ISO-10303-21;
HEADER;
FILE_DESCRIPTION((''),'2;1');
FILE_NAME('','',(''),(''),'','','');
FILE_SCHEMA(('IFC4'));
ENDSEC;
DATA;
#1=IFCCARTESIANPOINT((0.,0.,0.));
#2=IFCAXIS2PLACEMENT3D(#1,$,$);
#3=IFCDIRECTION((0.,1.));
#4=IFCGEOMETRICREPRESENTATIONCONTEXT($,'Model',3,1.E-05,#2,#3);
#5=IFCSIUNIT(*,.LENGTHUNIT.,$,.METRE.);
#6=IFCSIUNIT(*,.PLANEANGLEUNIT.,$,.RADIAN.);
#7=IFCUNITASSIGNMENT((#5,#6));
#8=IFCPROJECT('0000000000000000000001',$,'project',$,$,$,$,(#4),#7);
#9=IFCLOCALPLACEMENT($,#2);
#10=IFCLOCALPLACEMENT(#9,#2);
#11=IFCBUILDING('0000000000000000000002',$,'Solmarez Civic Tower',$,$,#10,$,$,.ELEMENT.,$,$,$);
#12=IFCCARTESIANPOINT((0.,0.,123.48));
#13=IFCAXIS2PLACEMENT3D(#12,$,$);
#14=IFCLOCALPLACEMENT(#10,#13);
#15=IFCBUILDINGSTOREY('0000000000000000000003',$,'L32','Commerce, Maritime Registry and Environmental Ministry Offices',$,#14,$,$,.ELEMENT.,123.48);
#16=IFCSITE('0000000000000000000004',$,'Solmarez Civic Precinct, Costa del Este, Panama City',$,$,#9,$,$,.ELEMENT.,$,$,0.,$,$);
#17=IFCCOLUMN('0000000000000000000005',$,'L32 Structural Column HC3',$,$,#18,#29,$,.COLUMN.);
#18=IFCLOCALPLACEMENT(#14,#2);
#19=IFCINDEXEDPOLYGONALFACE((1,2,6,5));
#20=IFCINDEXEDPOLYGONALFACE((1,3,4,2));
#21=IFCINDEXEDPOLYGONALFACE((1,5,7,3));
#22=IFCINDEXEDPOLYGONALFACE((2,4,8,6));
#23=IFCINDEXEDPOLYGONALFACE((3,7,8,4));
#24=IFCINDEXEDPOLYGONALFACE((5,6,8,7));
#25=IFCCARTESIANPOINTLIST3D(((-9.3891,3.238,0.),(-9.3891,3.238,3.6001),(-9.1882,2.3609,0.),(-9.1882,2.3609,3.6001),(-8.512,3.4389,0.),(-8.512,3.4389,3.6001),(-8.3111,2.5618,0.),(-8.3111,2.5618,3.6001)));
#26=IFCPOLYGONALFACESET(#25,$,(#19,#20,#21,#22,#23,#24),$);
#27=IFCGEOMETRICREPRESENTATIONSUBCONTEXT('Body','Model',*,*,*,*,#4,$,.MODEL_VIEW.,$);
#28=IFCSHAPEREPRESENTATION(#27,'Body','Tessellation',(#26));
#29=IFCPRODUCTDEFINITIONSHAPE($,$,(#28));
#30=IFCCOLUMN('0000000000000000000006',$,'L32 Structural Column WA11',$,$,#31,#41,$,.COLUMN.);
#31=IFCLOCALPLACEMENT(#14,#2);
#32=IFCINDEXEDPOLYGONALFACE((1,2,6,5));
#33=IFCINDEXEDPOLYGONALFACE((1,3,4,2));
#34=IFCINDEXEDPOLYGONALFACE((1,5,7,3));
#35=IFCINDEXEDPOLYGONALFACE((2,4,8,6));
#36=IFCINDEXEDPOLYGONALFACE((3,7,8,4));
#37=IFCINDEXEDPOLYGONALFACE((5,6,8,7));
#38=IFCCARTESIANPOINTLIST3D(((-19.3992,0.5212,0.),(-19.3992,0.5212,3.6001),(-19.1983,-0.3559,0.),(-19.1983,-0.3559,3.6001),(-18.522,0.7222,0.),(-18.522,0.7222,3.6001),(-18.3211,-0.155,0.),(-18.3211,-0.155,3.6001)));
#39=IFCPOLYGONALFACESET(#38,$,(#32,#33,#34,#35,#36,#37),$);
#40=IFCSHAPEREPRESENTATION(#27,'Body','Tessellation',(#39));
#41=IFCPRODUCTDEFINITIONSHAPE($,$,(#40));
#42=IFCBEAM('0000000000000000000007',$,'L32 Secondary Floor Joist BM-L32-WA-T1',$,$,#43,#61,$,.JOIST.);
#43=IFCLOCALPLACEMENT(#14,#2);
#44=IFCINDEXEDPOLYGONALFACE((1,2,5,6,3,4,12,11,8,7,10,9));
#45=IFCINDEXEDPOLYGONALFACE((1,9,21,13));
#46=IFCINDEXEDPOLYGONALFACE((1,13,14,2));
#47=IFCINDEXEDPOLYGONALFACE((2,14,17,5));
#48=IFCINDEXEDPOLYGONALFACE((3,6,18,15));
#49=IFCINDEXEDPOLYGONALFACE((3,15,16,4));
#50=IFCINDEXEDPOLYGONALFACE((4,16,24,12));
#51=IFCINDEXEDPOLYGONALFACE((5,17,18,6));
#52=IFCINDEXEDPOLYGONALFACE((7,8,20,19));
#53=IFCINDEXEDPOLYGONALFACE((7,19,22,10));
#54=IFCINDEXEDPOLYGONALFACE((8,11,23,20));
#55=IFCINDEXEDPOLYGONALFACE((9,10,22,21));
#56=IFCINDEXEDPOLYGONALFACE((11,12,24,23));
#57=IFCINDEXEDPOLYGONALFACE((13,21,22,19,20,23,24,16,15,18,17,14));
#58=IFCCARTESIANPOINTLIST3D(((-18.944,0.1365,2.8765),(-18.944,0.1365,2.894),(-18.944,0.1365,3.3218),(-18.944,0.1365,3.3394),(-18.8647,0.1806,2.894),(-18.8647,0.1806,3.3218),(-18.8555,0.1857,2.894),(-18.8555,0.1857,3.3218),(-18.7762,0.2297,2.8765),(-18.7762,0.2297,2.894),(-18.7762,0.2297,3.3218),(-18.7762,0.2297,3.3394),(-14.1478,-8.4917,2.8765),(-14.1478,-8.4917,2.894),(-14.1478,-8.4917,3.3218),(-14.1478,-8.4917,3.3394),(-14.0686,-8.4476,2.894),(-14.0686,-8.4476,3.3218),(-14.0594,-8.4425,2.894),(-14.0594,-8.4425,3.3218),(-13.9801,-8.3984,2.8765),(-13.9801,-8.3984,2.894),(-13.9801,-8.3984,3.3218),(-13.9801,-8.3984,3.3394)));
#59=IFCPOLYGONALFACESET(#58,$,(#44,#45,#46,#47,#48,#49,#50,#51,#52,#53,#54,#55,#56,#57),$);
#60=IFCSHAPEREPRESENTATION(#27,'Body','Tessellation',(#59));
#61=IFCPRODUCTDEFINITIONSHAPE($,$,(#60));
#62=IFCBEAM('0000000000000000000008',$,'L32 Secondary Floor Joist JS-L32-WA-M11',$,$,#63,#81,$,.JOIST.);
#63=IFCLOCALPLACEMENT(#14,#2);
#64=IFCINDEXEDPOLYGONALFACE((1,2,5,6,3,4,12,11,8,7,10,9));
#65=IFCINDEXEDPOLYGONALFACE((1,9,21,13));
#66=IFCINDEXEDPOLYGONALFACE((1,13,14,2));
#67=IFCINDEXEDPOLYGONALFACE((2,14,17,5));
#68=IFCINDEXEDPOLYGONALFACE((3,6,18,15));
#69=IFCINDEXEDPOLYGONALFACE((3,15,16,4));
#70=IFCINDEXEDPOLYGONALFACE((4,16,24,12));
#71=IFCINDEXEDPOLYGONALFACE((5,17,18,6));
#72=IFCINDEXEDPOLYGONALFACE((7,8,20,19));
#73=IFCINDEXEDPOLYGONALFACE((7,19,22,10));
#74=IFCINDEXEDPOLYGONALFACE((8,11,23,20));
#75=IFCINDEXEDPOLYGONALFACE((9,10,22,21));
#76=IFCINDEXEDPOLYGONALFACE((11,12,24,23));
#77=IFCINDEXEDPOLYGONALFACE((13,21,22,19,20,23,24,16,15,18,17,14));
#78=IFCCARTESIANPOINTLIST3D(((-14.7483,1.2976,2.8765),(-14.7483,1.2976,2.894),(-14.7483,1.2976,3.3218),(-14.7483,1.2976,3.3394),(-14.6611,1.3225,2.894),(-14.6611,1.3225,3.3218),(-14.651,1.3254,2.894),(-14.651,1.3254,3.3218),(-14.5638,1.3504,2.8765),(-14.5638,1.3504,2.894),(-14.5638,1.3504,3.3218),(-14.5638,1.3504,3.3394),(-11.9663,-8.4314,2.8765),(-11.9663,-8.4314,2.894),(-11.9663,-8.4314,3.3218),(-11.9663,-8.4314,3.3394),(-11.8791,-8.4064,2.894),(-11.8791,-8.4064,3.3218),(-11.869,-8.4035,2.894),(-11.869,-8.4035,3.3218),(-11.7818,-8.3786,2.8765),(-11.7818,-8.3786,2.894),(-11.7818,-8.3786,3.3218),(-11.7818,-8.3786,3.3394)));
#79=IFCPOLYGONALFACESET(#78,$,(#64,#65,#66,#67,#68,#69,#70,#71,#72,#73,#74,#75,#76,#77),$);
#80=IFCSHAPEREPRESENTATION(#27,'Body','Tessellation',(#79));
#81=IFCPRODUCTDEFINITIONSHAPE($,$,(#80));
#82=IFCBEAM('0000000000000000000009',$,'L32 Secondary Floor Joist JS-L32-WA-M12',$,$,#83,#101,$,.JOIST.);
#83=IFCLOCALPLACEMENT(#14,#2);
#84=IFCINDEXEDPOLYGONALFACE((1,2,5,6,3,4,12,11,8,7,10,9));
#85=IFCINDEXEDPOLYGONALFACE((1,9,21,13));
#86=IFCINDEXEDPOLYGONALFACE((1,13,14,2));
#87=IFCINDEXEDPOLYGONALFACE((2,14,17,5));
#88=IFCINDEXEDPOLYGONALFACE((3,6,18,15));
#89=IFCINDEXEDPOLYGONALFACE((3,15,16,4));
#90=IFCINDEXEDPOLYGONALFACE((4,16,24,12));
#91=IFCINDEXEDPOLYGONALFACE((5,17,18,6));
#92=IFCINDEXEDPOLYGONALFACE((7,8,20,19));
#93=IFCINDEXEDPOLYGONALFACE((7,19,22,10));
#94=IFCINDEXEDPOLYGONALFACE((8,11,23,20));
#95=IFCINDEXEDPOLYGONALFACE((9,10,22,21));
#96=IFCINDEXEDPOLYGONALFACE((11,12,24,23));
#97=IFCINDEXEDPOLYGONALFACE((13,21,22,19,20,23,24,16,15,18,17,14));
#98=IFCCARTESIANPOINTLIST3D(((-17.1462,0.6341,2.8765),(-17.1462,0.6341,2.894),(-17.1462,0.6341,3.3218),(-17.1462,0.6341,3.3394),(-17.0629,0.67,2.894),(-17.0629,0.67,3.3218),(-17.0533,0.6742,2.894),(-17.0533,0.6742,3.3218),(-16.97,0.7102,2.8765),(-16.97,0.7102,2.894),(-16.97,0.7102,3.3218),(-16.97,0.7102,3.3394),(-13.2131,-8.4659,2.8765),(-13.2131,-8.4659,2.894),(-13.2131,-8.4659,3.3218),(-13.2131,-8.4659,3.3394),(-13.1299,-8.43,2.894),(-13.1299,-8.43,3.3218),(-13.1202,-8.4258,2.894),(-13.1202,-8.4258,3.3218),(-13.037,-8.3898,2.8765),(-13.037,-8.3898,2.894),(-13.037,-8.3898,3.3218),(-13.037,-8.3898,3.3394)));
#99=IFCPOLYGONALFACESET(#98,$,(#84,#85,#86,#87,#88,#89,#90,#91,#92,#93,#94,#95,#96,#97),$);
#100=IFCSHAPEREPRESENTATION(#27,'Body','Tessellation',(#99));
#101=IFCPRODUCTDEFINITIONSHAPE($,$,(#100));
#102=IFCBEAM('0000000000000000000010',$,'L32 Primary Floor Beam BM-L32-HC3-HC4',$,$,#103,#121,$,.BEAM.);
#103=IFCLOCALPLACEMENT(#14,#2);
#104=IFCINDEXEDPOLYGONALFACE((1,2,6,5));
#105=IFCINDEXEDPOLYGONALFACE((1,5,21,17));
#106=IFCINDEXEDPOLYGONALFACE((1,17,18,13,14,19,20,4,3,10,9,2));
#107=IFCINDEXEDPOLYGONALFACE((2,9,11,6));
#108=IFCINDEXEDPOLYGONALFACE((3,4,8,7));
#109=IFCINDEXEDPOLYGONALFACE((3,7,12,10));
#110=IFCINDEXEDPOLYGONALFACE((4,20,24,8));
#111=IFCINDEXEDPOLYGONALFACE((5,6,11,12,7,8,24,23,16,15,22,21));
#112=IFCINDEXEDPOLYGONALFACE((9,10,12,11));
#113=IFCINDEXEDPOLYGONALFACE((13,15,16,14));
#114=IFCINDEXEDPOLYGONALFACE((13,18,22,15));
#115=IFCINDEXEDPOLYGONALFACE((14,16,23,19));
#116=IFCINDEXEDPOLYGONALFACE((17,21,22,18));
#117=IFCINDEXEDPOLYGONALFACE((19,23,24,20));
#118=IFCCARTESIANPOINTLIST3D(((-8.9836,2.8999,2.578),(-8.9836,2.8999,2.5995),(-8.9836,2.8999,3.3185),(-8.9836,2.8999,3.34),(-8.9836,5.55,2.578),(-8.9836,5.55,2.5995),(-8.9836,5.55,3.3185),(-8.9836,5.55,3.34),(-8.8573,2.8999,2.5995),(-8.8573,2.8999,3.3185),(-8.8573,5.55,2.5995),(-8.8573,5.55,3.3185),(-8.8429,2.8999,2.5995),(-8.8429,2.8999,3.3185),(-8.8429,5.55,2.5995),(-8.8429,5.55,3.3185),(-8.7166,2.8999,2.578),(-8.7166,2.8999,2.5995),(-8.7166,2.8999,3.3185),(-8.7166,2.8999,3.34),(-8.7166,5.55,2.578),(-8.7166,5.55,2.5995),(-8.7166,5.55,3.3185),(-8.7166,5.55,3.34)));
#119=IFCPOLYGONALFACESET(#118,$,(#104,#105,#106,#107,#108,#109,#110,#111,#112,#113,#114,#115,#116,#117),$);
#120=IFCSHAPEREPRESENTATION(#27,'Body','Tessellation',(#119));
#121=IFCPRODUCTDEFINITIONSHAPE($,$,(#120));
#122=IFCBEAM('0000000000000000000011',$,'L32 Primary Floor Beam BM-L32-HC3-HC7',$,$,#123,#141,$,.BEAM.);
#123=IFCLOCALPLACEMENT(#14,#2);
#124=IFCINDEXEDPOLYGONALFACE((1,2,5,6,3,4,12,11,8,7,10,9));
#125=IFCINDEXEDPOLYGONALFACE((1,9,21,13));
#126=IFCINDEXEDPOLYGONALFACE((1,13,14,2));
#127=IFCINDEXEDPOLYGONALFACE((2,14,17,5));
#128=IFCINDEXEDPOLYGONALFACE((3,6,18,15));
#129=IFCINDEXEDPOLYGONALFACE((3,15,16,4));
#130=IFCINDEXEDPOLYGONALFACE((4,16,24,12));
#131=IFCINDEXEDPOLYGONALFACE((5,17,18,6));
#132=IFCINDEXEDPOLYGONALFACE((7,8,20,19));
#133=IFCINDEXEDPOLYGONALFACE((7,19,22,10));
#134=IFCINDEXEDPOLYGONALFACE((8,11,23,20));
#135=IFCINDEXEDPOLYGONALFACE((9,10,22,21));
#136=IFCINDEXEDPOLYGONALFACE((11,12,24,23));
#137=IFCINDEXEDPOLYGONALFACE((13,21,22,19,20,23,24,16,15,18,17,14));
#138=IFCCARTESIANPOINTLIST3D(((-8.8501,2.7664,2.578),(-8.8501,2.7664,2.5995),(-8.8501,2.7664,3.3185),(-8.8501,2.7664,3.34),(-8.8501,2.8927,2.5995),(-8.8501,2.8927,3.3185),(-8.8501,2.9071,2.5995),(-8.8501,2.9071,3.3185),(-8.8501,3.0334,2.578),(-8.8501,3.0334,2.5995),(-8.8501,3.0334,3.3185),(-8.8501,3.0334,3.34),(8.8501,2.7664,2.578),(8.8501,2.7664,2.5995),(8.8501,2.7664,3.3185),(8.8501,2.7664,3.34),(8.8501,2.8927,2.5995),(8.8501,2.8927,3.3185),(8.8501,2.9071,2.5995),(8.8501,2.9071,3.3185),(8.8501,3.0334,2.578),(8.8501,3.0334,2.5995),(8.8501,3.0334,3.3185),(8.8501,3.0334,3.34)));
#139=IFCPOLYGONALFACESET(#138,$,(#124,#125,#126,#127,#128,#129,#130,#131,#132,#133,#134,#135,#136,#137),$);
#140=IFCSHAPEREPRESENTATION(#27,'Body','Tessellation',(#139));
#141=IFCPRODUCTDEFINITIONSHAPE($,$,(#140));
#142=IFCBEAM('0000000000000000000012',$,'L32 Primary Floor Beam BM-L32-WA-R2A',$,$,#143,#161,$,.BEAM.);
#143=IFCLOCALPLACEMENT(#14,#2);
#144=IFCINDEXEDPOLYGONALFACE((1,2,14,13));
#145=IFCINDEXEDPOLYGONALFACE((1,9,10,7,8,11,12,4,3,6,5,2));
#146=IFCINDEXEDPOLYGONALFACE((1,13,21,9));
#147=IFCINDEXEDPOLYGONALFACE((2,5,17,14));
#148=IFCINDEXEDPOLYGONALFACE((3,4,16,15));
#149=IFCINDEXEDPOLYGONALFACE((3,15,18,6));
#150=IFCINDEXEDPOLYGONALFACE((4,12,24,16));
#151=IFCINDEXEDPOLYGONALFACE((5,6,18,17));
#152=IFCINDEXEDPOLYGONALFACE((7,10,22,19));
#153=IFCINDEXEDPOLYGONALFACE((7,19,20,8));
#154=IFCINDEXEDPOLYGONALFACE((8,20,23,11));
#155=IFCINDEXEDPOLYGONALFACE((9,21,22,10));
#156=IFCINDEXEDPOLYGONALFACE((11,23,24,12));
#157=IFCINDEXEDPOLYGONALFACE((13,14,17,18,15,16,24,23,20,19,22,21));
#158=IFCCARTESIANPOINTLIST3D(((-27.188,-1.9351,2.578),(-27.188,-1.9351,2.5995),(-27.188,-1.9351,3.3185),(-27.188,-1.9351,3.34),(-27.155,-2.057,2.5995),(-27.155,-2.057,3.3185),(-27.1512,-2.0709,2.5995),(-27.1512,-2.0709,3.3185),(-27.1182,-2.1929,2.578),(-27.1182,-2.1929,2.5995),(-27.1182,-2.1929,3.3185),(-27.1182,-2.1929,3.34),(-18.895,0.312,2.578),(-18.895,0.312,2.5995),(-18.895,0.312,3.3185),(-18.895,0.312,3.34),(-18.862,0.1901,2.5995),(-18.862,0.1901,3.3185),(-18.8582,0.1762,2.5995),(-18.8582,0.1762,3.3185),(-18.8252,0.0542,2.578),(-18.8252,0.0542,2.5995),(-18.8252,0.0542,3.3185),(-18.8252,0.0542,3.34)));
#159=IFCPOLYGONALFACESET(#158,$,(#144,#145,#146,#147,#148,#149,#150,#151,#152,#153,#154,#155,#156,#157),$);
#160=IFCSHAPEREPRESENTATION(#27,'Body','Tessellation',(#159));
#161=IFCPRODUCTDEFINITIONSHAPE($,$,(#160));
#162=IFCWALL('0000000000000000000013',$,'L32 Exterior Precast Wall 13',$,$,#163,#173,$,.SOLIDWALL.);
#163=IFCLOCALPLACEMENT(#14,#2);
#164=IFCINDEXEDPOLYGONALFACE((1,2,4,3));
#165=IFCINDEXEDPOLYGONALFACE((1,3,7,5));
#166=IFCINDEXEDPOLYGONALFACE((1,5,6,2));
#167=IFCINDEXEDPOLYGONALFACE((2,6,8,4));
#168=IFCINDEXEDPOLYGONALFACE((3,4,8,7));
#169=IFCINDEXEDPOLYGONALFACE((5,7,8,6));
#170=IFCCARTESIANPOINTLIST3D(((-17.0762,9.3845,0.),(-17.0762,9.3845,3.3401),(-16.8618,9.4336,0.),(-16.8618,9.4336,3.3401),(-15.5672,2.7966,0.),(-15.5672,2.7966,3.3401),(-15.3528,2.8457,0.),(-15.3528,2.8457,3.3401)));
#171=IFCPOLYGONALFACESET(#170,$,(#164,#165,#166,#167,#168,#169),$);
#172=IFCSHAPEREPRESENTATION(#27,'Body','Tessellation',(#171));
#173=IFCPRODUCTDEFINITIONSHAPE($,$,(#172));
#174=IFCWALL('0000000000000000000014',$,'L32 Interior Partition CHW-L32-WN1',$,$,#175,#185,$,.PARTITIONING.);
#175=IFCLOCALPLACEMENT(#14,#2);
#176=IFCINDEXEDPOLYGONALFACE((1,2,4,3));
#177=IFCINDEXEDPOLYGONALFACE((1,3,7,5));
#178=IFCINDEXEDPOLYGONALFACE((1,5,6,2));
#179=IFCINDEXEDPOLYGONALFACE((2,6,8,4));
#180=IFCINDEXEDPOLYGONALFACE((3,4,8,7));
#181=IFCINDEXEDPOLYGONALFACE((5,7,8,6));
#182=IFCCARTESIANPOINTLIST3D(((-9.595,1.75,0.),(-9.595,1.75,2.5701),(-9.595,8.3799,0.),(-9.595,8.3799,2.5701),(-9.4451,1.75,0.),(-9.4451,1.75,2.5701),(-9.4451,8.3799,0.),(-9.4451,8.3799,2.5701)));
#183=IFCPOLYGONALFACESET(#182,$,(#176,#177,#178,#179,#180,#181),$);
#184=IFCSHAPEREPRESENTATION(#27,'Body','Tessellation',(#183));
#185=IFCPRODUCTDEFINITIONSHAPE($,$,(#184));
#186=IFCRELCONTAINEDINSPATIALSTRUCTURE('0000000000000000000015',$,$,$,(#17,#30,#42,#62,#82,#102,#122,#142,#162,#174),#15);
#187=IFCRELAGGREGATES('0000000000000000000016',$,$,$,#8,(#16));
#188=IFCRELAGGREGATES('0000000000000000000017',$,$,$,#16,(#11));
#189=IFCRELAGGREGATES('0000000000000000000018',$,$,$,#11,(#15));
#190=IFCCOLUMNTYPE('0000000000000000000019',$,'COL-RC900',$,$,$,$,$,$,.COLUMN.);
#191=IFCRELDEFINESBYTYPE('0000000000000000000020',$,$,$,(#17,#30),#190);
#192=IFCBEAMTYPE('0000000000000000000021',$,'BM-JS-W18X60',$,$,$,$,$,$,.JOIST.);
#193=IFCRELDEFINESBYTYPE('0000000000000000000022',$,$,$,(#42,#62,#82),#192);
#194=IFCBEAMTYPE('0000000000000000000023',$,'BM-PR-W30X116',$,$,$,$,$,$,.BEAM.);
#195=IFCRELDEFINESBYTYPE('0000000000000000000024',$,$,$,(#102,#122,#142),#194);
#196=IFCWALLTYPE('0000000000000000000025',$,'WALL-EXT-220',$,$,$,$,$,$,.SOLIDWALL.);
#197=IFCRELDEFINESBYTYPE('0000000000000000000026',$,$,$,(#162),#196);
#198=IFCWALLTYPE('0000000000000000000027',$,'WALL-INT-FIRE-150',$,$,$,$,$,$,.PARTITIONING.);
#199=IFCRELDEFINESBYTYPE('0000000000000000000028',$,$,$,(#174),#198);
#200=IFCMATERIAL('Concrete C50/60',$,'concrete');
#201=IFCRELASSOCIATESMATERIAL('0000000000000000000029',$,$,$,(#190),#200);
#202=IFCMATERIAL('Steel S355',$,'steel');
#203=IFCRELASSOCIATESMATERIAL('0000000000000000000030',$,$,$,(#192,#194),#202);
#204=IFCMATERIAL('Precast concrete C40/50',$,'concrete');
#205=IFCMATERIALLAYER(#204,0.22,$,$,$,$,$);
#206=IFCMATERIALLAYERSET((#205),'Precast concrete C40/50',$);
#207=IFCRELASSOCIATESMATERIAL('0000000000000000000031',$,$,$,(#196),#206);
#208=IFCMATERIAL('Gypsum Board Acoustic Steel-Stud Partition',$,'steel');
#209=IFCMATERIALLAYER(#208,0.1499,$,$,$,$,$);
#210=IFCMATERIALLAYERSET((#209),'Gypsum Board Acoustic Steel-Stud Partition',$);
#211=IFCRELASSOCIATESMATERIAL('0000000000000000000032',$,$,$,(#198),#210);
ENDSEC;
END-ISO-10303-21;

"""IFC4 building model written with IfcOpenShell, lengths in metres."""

from ifc_helpers import new_model, si_unit, direction, frame, frame_2d, origin, origin_2d, place, context, subcontext, project, spatial, rectangle, i_section, extrude, material, layer, layer_set, material_profile, profile_set, type_object, element, save


model = new_model("IFC4")

# Units and contexts
model_context = context("Model", 3, precision=1e-05, world=origin(), true_north=direction((0.0, 1.0)))
body_context = subcontext(model_context, "Body", "Model", "MODEL_VIEW")
ifc_project = project(units=[si_unit("LENGTHUNIT", "METRE"), si_unit("PLANEANGLEUNIT", "RADIAN")], contexts=[model_context])

# Site, building, storey
site_placement = place(None, origin())
site = spatial("IfcSite", under=ifc_project, at=site_placement, Name="Solmarez Civic Precinct, Costa del Este, Panama City", CompositionType="ELEMENT", RefElevation=0.0)
building_placement = place(site_placement, origin())
building = spatial("IfcBuilding", under=site, at=building_placement, Name="Solmarez Civic Tower", CompositionType="ELEMENT")
storey_placement = place(building_placement, frame((0.0, 0.0, 123.48)))
storey = spatial("IfcBuildingStorey", under=building, at=storey_placement, Name="L32", Description="Commerce, Maritime Registry and Environmental Ministry Offices", CompositionType="ELEMENT", Elevation=123.48)

# Columns
ifc_material_1 = material(Name="Concrete C50/60", Category="concrete")
ifc_material_profile_1 = material_profile(ifc_material_1, rectangle(XDim=0.8999, YDim=0.8999, at=origin_2d()), Name="RC900X900")
ifc_profile_set_1 = profile_set([ifc_material_profile_1], Name="Concrete C50/60")
column_type = type_object("IfcColumnType", Name="COL-RC900", PredefinedType="COLUMN", material=ifc_profile_set_1)
for number, where, z_axis, x_axis, name in (
    (1, (-8.8501, 2.8999, 0.0), (0.0, 0.0, 1.0), (0.974761, 0.22325, 0.0), "L32 Structural Column HC3"),
    (2, (-18.8601, 0.1831, 0.0), (0.0, 0.0, 1.0), (0.974761, 0.22325, 0.0), "L32 Structural Column WA11"),
):
    element("IfcColumn", number, at=place(storey_placement, frame(where, z_axis=z_axis, x_axis=x_axis)), inside=storey, type_object=column_type, Name=name, PredefinedType="COLUMN", context=body_context, shape_type="SweptSolid", body=[
        extrude(rectangle(XDim=0.8999, YDim=0.8999, at=origin_2d()), origin(), (0.0, 0.0, 1.0), 3.6001),
    ])

# Beams
ifc_material_2 = material(Name="Steel S355", Category="steel")
ifc_material_profile_2 = material_profile(ifc_material_2, i_section(OverallWidth=0.1919, OverallDepth=0.4629, WebThickness=0.0105, FlangeThickness=0.0176, at=origin_2d()), Name="W18X60")
ifc_profile_set_2 = profile_set([ifc_material_profile_2], Name="Steel S355")
beam_type_1 = type_object("IfcBeamType", Name="BM-JS-W18X60", PredefinedType="JOIST", material=ifc_profile_set_2)
beam_1_placement = place(storey_placement, frame((-18.8601, 0.1831, 3.1079), z_axis=(0.485853, -0.874041, 0.0), x_axis=(0.874041, 0.485853, 0.0)))
element("IfcBeam", 3, at=beam_1_placement, inside=storey, type_object=beam_type_1, Name="L32 Secondary Floor Joist BM-L32-WA-T1", PredefinedType="JOIST", context=body_context, shape_type="SweptSolid", body=[
    extrude(i_section(OverallWidth=0.1919, OverallDepth=0.4629, WebThickness=0.0105, FlangeThickness=0.0176, at=origin_2d()), origin(), (0.0, 0.0, 1.0), 9.8716),
])
beam_2_placement = place(storey_placement, frame((-14.656, 1.324, 3.1079), z_axis=(0.274928, -0.961465, 0.0), x_axis=(0.961465, 0.274928, 0.0)))
element("IfcBeam", 4, at=beam_2_placement, inside=storey, type_object=beam_type_1, Name="L32 Secondary Floor Joist JS-L32-WA-M11", PredefinedType="JOIST", context=body_context, shape_type="SweptSolid", body=[
    extrude(i_section(OverallWidth=0.1919, OverallDepth=0.4629, WebThickness=0.0105, FlangeThickness=0.0176, at=origin_2d()), origin(), (0.0, 0.0, 1.0), 10.1189),
])
beam_3_placement = place(storey_placement, frame((-17.0581, 0.6721, 3.1079), z_axis=(0.396735, -0.917933, 0.0), x_axis=(0.917933, 0.396735, 0.0)))
element("IfcBeam", 5, at=beam_3_placement, inside=storey, type_object=beam_type_1, Name="L32 Secondary Floor Joist JS-L32-WA-M12", PredefinedType="JOIST", context=body_context, shape_type="SweptSolid", body=[
    extrude(i_section(OverallWidth=0.1919, OverallDepth=0.4629, WebThickness=0.0105, FlangeThickness=0.0176, at=origin_2d()), origin(), (0.0, 0.0, 1.0), 9.9136),
])
ifc_material_profile_3 = material_profile(ifc_material_2, i_section(OverallWidth=0.2671, OverallDepth=0.762, WebThickness=0.0144, FlangeThickness=0.0215, at=origin_2d()), Name="W30X116")
ifc_profile_set_3 = profile_set([ifc_material_profile_3], Name="Steel S355")
beam_type_2 = type_object("IfcBeamType", Name="BM-PR-W30X116", PredefinedType="BEAM", material=ifc_profile_set_3)
beam_4_placement = place(storey_placement, frame((-8.8501, 2.8999, 2.959), z_axis=(0.0, 1.0, 0.0), x_axis=(-1.0, 0.0, 0.0)))
element("IfcBeam", 6, at=beam_4_placement, inside=storey, type_object=beam_type_2, Name="L32 Primary Floor Beam BM-L32-HC3-HC4", PredefinedType="BEAM", context=body_context, shape_type="SweptSolid", body=[
    extrude(i_section(OverallWidth=0.2671, OverallDepth=0.762, WebThickness=0.0144, FlangeThickness=0.0215, at=origin_2d()), origin(), (0.0, 0.0, 1.0), 2.6501),
])
beam_5_placement = place(storey_placement, frame((-8.8501, 2.8999, 2.959), z_axis=(1.0, 0.0, 0.0), x_axis=(0.0, 1.0, 0.0)))
element("IfcBeam", 7, at=beam_5_placement, inside=storey, type_object=beam_type_2, Name="L32 Primary Floor Beam BM-L32-HC3-HC7", PredefinedType="BEAM", context=body_context, shape_type="SweptSolid", body=[
    extrude(i_section(OverallWidth=0.2671, OverallDepth=0.762, WebThickness=0.0144, FlangeThickness=0.0215, at=origin_2d()), origin(), (0.0, 0.0, 1.0), 17.7002),
])
beam_6_placement = place(storey_placement, frame((-18.8601, 0.1831, 2.959), z_axis=(-0.965195, -0.26153, 0.0), x_axis=(0.26153, -0.965195, 0.0)))
element("IfcBeam", 8, at=beam_6_placement, inside=storey, type_object=beam_type_2, Name="L32 Primary Floor Beam BM-L32-WA-R2A", PredefinedType="BEAM", context=body_context, shape_type="SweptSolid", body=[
    extrude(i_section(OverallWidth=0.2671, OverallDepth=0.762, WebThickness=0.0144, FlangeThickness=0.0215, at=origin_2d()), origin(), (0.0, 0.0, 1.0), 8.592),
])

# Walls
ifc_material_3 = material(Name="Precast concrete C40/50", Category="concrete")
ifc_layer_1 = layer(ifc_material_3, 0.22)
ifc_layer_set_1 = layer_set([ifc_layer_1], Name="Precast concrete C40/50")
wall_type_1 = type_object("IfcWallType", Name="WALL-EXT-220", PredefinedType="SOLIDWALL", material=ifc_layer_set_1)
wall_1_placement = place(storey_placement, frame((-15.46, 2.821, 0.0), z_axis=(0.0, 0.0, 1.0), x_axis=(-0.223279, 0.974755, 0.0)))
element("IfcWall", 9, at=wall_1_placement, inside=storey, type_object=wall_type_1, Name="L32 Exterior Precast Wall 13", PredefinedType="SOLIDWALL", context=body_context, shape_type="SweptSolid", body=[
    extrude(rectangle(XDim=6.7585, YDim=0.22, at=frame_2d((3.3794, 0.0))), origin(), (0.0, 0.0, 1.0), 3.3401),
])
ifc_material_4 = material(Name="Gypsum Board Acoustic Steel-Stud Partition", Category="steel")
ifc_layer_2 = layer(ifc_material_4, 0.1499)
ifc_layer_set_2 = layer_set([ifc_layer_2], Name="Gypsum Board Acoustic Steel-Stud Partition")
wall_type_2 = type_object("IfcWallType", Name="WALL-INT-FIRE-150", PredefinedType="PARTITIONING", material=ifc_layer_set_2)
wall_2_placement = place(storey_placement, frame((-9.52, 1.75, 0.0), z_axis=(0.0, 0.0, 1.0), x_axis=(0.0, 1.0, 0.0)))
element("IfcWall", 10, at=wall_2_placement, inside=storey, type_object=wall_type_2, Name="L32 Interior Partition CHW-L32-WN1", PredefinedType="PARTITIONING", context=body_context, shape_type="SweptSolid", body=[
    extrude(rectangle(XDim=6.6299, YDim=0.1499, at=frame_2d((3.3149, 0.0))), origin(), (0.0, 0.0, 1.0), 2.5701),
])

save(model, "model.ifc")
